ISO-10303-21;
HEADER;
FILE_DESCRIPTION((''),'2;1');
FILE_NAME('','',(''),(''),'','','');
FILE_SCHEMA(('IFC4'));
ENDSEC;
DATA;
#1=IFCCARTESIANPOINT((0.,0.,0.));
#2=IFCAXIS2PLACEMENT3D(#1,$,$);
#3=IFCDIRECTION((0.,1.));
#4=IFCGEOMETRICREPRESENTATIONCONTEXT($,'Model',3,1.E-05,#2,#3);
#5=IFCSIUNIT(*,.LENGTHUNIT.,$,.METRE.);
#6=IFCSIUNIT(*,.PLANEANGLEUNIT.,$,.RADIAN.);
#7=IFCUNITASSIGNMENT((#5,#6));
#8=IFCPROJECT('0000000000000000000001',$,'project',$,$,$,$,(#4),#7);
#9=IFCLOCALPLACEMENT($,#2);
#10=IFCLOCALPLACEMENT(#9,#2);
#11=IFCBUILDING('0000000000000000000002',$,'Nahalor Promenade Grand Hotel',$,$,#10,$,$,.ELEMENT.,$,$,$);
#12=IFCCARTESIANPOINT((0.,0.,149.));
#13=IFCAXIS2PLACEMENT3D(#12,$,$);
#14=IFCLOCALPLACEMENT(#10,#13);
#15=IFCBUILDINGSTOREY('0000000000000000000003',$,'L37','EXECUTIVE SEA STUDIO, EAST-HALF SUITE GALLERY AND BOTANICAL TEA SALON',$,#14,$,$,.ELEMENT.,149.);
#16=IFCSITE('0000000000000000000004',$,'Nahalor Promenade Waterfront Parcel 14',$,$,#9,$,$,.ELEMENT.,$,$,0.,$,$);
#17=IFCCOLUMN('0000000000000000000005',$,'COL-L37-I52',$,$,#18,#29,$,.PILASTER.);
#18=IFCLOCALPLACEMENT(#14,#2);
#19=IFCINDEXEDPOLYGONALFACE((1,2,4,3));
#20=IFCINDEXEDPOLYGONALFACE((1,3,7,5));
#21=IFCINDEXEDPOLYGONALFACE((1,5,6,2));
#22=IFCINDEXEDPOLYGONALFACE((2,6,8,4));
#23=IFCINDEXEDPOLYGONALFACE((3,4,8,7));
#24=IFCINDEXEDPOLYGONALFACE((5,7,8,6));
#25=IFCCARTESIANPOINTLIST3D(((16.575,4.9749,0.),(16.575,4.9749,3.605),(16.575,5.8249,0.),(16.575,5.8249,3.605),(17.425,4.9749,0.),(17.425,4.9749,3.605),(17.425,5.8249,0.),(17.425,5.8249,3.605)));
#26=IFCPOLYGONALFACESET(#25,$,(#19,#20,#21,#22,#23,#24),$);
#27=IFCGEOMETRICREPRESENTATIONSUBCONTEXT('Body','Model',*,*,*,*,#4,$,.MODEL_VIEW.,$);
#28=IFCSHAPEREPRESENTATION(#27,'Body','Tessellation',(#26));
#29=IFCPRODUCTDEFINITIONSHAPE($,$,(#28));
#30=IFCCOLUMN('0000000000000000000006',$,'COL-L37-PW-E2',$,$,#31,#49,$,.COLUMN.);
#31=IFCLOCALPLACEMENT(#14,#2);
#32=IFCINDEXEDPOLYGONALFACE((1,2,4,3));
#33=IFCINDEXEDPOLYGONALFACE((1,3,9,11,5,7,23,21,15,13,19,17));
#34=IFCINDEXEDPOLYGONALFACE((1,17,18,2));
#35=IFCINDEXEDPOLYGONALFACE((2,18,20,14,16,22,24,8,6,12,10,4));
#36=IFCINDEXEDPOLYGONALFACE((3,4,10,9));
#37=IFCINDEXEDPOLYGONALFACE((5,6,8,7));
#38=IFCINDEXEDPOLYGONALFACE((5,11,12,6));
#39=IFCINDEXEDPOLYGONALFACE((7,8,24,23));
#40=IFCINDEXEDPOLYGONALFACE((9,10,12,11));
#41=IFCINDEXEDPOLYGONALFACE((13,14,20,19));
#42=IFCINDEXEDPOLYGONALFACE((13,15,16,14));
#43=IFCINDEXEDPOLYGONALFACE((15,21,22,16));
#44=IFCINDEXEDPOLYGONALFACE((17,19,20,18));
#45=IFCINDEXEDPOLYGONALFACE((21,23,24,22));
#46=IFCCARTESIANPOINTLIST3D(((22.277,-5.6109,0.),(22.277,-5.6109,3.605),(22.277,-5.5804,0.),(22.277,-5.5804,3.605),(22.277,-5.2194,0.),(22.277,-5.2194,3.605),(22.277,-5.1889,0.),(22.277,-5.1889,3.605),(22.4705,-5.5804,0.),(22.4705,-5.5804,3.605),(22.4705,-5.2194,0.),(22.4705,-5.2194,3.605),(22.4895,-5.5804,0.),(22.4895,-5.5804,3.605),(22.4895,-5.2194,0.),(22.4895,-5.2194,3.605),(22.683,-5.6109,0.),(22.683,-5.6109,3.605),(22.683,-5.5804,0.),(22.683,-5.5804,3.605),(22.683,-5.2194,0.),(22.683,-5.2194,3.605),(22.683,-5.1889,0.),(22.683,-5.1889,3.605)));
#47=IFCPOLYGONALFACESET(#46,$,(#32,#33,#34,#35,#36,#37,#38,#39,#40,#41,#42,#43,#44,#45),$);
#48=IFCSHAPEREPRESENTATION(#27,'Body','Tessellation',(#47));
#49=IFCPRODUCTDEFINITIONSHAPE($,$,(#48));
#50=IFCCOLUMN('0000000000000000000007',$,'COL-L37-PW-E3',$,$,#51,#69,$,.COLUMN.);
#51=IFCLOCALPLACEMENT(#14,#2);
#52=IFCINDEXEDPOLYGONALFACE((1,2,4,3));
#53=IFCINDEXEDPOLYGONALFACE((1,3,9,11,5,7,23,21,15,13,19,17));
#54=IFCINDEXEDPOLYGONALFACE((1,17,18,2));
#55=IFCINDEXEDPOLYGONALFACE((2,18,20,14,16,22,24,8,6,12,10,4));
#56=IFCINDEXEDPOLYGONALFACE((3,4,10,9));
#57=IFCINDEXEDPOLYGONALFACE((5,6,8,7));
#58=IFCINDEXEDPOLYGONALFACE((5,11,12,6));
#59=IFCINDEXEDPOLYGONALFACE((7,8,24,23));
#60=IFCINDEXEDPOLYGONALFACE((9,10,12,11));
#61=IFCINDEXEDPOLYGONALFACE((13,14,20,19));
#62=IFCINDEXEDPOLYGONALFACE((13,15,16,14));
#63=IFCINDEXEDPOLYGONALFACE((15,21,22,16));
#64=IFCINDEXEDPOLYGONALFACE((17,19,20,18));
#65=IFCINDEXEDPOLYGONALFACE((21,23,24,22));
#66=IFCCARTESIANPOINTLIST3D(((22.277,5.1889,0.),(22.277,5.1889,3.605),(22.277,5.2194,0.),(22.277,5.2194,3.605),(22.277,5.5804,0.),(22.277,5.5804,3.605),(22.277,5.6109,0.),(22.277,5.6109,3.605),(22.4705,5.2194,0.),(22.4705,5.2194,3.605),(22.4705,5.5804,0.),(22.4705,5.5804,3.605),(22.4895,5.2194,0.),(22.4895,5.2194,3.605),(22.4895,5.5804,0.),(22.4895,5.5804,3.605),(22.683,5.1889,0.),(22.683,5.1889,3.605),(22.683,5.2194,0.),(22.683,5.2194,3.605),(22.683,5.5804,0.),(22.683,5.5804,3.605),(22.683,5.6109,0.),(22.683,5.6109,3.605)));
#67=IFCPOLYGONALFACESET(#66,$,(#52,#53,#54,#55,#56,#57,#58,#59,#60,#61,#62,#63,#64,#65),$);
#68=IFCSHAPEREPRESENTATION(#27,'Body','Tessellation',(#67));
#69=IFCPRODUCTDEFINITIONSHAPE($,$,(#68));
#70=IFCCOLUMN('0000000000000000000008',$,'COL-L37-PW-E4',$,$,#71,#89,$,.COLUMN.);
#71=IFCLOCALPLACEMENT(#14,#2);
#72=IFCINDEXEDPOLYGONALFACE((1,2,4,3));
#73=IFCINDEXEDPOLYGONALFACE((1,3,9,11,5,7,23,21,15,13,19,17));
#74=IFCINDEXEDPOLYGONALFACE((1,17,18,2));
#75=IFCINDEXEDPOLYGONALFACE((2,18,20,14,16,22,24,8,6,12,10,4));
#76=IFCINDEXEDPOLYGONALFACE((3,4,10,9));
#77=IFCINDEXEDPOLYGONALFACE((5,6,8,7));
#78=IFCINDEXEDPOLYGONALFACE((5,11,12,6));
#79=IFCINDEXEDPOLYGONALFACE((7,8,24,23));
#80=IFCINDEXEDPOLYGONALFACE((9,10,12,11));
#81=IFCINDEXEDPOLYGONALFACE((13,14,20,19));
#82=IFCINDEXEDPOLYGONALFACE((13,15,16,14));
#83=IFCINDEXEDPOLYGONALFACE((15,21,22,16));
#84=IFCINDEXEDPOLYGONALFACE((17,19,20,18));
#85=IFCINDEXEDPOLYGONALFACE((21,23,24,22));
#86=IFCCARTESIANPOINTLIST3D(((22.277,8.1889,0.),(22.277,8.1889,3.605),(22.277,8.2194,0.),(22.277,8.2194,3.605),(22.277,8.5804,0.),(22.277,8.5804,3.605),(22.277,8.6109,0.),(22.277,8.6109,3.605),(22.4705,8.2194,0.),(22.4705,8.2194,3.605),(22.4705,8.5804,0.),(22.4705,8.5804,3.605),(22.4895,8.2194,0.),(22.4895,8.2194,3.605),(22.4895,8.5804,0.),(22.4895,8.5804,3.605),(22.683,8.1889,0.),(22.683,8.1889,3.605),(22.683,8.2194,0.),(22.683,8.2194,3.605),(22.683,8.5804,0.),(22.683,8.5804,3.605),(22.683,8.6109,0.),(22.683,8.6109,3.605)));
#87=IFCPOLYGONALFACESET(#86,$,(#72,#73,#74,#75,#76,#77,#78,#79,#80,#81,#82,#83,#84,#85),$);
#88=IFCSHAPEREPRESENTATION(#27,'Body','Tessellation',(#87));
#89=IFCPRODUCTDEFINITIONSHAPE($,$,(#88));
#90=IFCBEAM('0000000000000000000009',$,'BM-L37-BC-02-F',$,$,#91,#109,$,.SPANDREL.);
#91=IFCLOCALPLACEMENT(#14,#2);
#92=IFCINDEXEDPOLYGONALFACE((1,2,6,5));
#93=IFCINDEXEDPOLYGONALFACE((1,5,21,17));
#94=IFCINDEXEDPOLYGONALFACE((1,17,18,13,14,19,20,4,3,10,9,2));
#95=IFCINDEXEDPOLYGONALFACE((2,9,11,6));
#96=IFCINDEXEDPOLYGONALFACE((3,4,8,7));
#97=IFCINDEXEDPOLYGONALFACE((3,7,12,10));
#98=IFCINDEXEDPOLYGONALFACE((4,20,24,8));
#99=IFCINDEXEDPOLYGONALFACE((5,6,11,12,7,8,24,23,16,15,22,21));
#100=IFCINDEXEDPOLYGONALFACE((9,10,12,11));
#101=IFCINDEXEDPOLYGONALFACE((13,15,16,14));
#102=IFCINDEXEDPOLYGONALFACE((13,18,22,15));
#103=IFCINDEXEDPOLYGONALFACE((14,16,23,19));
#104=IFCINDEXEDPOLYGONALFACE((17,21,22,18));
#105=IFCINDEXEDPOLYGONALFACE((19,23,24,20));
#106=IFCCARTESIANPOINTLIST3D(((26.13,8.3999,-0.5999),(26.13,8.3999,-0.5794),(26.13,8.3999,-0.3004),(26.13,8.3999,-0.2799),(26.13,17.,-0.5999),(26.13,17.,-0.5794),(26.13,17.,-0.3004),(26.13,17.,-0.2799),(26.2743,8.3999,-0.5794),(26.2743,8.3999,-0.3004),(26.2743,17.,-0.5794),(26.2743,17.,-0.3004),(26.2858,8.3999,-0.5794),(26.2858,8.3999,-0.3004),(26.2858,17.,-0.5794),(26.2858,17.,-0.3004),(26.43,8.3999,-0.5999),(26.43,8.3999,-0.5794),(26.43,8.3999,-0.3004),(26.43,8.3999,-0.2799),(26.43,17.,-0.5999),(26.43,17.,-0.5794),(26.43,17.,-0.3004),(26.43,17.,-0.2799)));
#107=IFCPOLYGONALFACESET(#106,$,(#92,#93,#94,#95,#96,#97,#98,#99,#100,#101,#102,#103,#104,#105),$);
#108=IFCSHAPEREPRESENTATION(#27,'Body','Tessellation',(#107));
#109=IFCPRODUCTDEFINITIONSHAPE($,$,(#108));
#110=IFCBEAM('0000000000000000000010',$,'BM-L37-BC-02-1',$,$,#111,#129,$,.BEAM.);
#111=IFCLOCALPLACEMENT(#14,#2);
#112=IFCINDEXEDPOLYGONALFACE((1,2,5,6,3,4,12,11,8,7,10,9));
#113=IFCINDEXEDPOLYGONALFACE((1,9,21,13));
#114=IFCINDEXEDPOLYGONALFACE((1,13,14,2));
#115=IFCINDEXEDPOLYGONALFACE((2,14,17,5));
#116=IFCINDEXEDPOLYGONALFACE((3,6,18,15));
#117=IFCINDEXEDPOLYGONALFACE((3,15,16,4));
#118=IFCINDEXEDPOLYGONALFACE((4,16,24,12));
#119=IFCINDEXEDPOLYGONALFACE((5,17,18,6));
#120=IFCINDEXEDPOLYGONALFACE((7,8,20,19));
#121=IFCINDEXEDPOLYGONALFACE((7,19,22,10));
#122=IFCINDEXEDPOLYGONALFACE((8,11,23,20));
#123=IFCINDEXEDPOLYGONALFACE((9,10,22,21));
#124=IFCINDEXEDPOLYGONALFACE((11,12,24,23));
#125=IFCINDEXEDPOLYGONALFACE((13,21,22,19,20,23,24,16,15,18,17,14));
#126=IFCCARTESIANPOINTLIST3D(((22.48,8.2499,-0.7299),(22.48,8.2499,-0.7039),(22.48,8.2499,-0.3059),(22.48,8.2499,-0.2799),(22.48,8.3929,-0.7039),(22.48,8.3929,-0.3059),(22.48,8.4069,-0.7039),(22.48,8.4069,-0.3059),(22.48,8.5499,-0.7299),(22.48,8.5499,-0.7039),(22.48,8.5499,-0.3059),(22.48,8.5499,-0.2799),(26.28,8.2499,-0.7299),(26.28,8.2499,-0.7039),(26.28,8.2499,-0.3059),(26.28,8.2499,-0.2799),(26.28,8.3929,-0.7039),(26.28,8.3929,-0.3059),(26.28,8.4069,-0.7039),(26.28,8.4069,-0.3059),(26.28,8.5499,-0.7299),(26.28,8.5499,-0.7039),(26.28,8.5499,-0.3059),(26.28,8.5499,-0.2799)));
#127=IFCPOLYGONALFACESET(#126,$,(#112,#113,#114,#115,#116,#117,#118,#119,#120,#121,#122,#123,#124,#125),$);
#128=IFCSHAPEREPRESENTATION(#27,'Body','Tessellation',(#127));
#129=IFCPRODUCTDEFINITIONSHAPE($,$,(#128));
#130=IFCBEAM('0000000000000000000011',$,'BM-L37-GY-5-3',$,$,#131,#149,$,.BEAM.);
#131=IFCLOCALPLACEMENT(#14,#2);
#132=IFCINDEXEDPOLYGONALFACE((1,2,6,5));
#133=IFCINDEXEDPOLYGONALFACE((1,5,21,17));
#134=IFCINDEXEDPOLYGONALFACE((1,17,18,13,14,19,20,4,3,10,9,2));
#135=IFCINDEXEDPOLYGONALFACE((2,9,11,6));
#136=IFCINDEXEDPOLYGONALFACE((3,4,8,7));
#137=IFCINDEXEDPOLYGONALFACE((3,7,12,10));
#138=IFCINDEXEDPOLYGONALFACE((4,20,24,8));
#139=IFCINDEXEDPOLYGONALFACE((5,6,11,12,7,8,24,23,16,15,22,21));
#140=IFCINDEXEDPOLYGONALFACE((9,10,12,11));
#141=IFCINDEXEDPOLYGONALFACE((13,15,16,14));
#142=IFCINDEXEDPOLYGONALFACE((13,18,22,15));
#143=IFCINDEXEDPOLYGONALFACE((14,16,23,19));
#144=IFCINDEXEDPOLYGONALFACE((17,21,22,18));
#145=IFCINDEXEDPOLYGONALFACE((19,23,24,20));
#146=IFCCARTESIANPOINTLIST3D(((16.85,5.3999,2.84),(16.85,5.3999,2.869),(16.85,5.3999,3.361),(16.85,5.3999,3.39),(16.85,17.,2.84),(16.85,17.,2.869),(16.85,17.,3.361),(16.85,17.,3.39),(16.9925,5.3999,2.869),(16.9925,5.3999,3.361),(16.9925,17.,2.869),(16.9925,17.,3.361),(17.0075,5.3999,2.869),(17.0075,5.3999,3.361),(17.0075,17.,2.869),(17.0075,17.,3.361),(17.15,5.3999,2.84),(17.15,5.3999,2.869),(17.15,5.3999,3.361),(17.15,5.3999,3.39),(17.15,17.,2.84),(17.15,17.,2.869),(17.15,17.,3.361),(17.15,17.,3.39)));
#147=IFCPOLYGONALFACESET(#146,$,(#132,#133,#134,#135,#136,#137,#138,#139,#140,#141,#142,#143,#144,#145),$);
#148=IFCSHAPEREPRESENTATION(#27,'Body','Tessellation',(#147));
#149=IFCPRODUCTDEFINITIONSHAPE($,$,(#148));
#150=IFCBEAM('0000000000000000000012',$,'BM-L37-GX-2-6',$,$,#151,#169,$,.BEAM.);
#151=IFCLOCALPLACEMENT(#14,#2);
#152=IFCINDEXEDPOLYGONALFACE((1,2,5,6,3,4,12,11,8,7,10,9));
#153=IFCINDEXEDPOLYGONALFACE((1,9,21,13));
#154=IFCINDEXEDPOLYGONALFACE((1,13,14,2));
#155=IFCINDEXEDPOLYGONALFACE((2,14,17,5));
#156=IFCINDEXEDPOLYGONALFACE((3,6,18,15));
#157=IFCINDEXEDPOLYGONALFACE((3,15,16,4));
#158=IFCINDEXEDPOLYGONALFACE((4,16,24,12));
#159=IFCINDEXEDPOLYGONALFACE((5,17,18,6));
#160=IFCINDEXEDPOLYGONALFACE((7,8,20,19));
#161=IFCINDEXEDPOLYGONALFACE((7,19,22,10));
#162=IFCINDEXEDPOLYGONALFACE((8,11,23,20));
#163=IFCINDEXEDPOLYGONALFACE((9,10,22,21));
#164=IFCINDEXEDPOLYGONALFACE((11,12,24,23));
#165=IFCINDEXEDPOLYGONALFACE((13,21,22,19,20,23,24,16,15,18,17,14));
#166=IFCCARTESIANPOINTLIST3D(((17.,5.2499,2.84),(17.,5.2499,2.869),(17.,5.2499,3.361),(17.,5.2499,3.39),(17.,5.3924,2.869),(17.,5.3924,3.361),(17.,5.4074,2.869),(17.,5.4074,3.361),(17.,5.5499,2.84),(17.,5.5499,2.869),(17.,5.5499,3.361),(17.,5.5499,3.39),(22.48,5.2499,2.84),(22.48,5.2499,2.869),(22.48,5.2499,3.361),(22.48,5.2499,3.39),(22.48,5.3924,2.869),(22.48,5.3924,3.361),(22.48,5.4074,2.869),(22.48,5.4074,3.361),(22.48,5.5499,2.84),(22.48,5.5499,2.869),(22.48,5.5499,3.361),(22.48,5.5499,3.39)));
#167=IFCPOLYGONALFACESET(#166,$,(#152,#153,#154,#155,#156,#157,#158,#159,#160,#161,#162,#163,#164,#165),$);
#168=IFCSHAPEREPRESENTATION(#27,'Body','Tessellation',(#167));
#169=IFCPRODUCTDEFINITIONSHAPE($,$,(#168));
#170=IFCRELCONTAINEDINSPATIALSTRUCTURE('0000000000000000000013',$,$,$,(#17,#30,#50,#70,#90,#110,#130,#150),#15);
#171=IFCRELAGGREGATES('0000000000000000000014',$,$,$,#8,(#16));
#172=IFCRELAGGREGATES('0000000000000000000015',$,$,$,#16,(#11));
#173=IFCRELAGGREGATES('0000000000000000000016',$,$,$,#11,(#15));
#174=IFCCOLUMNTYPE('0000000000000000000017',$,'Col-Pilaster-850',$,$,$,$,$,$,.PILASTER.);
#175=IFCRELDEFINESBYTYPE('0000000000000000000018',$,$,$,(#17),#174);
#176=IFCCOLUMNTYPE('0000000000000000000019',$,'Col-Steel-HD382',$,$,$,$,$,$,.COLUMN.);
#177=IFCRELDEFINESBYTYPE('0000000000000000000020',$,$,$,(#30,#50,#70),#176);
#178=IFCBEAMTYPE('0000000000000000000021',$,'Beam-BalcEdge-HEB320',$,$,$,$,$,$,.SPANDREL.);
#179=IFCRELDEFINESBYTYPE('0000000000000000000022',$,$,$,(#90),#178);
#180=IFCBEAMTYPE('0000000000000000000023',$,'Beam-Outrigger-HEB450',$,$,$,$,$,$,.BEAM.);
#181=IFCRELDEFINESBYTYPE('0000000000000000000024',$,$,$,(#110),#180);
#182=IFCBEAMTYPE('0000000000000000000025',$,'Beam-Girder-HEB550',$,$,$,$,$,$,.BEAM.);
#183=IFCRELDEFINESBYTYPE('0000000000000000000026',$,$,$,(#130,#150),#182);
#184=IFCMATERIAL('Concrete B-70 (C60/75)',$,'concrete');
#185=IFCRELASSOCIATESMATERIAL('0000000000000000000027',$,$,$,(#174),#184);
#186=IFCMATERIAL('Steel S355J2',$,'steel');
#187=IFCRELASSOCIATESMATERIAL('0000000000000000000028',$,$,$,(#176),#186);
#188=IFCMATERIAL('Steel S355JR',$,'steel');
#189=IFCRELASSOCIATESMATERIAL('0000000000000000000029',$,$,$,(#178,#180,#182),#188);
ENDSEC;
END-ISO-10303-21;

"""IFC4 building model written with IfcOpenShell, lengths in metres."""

from ifc_helpers import new_model, si_unit, direction, frame, origin, origin_2d, place, context, subcontext, project, spatial, rectangle, i_section, extrude, source, transform, mapped, material, material_profile, profile_set, type_object, element, save


model = new_model("IFC4")

# Units and contexts
model_context = context("Model", 3, precision=1e-05, world=origin(), true_north=direction((0.0, 1.0)))
body_context = subcontext(model_context, "Body", "Model", "MODEL_VIEW")
ifc_project = project(units=[si_unit("LENGTHUNIT", "METRE"), si_unit("PLANEANGLEUNIT", "RADIAN")], contexts=[model_context])

# Site, building, storey
site_placement = place(None, origin())
site = spatial("IfcSite", under=ifc_project, at=site_placement, Name="Nahalor Promenade Waterfront Parcel 14", CompositionType="ELEMENT", RefElevation=0.0)
building_placement = place(site_placement, origin())
building = spatial("IfcBuilding", under=site, at=building_placement, Name="Nahalor Promenade Grand Hotel", CompositionType="ELEMENT")
storey_placement = place(building_placement, frame((0.0, 0.0, 149.0)))
storey = spatial("IfcBuildingStorey", under=building, at=storey_placement, Name="L37", Description="EXECUTIVE SEA STUDIO, EAST-HALF SUITE GALLERY AND BOTANICAL TEA SALON", CompositionType="ELEMENT", Elevation=149.0)

# Columns
ifc_material_1 = material(Name="Concrete B-70 (C60/75)", Category="concrete")
ifc_material_profile_1 = material_profile(ifc_material_1, rectangle(XDim=0.85, YDim=0.85, at=origin_2d()), Name="RC 850x850")
ifc_profile_set_1 = profile_set([ifc_material_profile_1], Name="Concrete B-70 (C60/75)")
column_type_1 = type_object("IfcColumnType", Name="Col-Pilaster-850", PredefinedType="PILASTER", material=ifc_profile_set_1)
shared_shape_1 = source(origin(), body_context, "Body", "SweptSolid", [
    extrude(rectangle(XDim=0.85, YDim=0.85, at=origin_2d()), origin(), (0.0, 0.0, 1.0), 3.605),
])
column_placement = place(storey_placement, frame((17.0, 5.3999, 0.0), z_axis=(0.0, 0.0, 1.0), x_axis=(1.0, 0.0, 0.0)))
element("IfcColumn", 1, at=column_placement, inside=storey, type_object=column_type_1, Name="COL-L37-I52", PredefinedType="PILASTER", context=body_context, shape_type="MappedRepresentation", body=[
    mapped(shared_shape_1, transform((0.0, 0.0, 0.0), scale=1.0)),
])
ifc_material_2 = material(Name="Steel S355J2", Category="steel")
ifc_material_profile_2 = material_profile(ifc_material_2, i_section(OverallWidth=0.406, OverallDepth=0.422, WebThickness=0.019, FlangeThickness=0.0305, at=origin_2d()), Name="HD 400x382")
ifc_profile_set_2 = profile_set([ifc_material_profile_2], Name="Steel S355J2")
column_type_2 = type_object("IfcColumnType", Name="Col-Steel-HD382", PredefinedType="COLUMN", material=ifc_profile_set_2)
shared_shape_2 = source(origin(), body_context, "Body", "SweptSolid", [
    extrude(i_section(OverallWidth=0.406, OverallDepth=0.422, WebThickness=0.019, FlangeThickness=0.0305, at=origin_2d()), origin(), (0.0, 0.0, 1.0), 3.605),
])
for number, where, z_axis, x_axis, name in (
    (2, (22.48, -5.3999, 0.0), (0.0, 0.0, 1.0), (1.0, 0.0, 0.0), "COL-L37-PW-E2"),
    (3, (22.48, 5.3999, 0.0), (0.0, 0.0, 1.0), (1.0, 0.0, 0.0), "COL-L37-PW-E3"),
    (4, (22.48, 8.3999, 0.0), (0.0, 0.0, 1.0), (1.0, 0.0, 0.0), "COL-L37-PW-E4"),
):
    element("IfcColumn", number, at=place(storey_placement, frame(where, z_axis=z_axis, x_axis=x_axis)), inside=storey, type_object=column_type_2, Name=name, PredefinedType="COLUMN", context=body_context, shape_type="MappedRepresentation", body=[
        mapped(shared_shape_2, transform((0.0, 0.0, 0.0), scale=1.0)),
    ])

# Beams
ifc_material_3 = material(Name="Steel S355JR", Category="steel")
ifc_material_profile_3 = material_profile(ifc_material_3, i_section(OverallWidth=0.3, OverallDepth=0.32, WebThickness=0.0115, FlangeThickness=0.0205, at=origin_2d()), Name="HEB 320")
ifc_profile_set_3 = profile_set([ifc_material_profile_3], Name="Steel S355JR")
beam_type_1 = type_object("IfcBeamType", Name="Beam-BalcEdge-HEB320", PredefinedType="SPANDREL", material=ifc_profile_set_3)
shared_shape_3 = source(origin(), body_context, "Body", "SweptSolid", [
    extrude(i_section(OverallWidth=0.3, OverallDepth=0.32, WebThickness=0.0115, FlangeThickness=0.0205, at=origin_2d()), origin(), (0.0, 0.0, 1.0), 8.6001),
])
beam_1_placement = place(storey_placement, frame((26.28, 8.3999, -0.4399), z_axis=(0.0, 1.0, 0.0), x_axis=(-1.0, 0.0, 0.0)))
element("IfcBeam", 5, at=beam_1_placement, inside=storey, type_object=beam_type_1, Name="BM-L37-BC-02-F", PredefinedType="SPANDREL", context=body_context, shape_type="MappedRepresentation", body=[
    mapped(shared_shape_3, transform((0.0, 0.0, 0.0), scale=1.0)),
])
ifc_material_profile_4 = material_profile(ifc_material_3, i_section(OverallWidth=0.3, OverallDepth=0.45, WebThickness=0.014, FlangeThickness=0.026, at=origin_2d()), Name="HEB 450")
ifc_profile_set_4 = profile_set([ifc_material_profile_4], Name="Steel S355JR")
beam_type_2 = type_object("IfcBeamType", Name="Beam-Outrigger-HEB450", PredefinedType="BEAM", material=ifc_profile_set_4)
shared_shape_4 = source(origin(), body_context, "Body", "SweptSolid", [
    extrude(i_section(OverallWidth=0.3, OverallDepth=0.45, WebThickness=0.014, FlangeThickness=0.026, at=origin_2d()), origin(), (0.0, 0.0, 1.0), 3.8),
])
beam_2_placement = place(storey_placement, frame((22.48, 8.3999, -0.5049), z_axis=(1.0, 0.0, 0.0), x_axis=(0.0, 1.0, 0.0)))
element("IfcBeam", 6, at=beam_2_placement, inside=storey, type_object=beam_type_2, Name="BM-L37-BC-02-1", PredefinedType="BEAM", context=body_context, shape_type="MappedRepresentation", body=[
    mapped(shared_shape_4, transform((0.0, 0.0, 0.0), scale=1.0)),
])
ifc_material_profile_5 = material_profile(ifc_material_3, i_section(OverallWidth=0.3, OverallDepth=0.55, WebThickness=0.015, FlangeThickness=0.029, at=origin_2d()), Name="HEB 550")
ifc_profile_set_5 = profile_set([ifc_material_profile_5], Name="Steel S355JR")
beam_type_3 = type_object("IfcBeamType", Name="Beam-Girder-HEB550", PredefinedType="BEAM", material=ifc_profile_set_5)
shared_shape_5 = source(origin(), body_context, "Body", "SweptSolid", [
    extrude(i_section(OverallWidth=0.3, OverallDepth=0.55, WebThickness=0.015, FlangeThickness=0.029, at=origin_2d()), origin(), (0.0, 0.0, 1.0), 11.6001),
])
beam_3_placement = place(storey_placement, frame((17.0, 5.3999, 3.115), z_axis=(0.0, 1.0, 0.0), x_axis=(-1.0, 0.0, 0.0)))
element("IfcBeam", 7, at=beam_3_placement, inside=storey, type_object=beam_type_3, Name="BM-L37-GY-5-3", PredefinedType="BEAM", context=body_context, shape_type="MappedRepresentation", body=[
    mapped(shared_shape_5, transform((0.0, 0.0, 0.0), scale=1.0)),
])
shared_shape_6 = source(origin(), body_context, "Body", "SweptSolid", [
    extrude(i_section(OverallWidth=0.3, OverallDepth=0.55, WebThickness=0.015, FlangeThickness=0.029, at=origin_2d()), origin(), (0.0, 0.0, 1.0), 5.48),
])
beam_4_placement = place(storey_placement, frame((17.0, 5.3999, 3.115), z_axis=(1.0, 0.0, 0.0), x_axis=(0.0, 1.0, 0.0)))
element("IfcBeam", 8, at=beam_4_placement, inside=storey, type_object=beam_type_3, Name="BM-L37-GX-2-6", PredefinedType="BEAM", context=body_context, shape_type="MappedRepresentation", body=[
    mapped(shared_shape_6, transform((0.0, 0.0, 0.0), scale=1.0)),
])

save(model, "model.ifc")
